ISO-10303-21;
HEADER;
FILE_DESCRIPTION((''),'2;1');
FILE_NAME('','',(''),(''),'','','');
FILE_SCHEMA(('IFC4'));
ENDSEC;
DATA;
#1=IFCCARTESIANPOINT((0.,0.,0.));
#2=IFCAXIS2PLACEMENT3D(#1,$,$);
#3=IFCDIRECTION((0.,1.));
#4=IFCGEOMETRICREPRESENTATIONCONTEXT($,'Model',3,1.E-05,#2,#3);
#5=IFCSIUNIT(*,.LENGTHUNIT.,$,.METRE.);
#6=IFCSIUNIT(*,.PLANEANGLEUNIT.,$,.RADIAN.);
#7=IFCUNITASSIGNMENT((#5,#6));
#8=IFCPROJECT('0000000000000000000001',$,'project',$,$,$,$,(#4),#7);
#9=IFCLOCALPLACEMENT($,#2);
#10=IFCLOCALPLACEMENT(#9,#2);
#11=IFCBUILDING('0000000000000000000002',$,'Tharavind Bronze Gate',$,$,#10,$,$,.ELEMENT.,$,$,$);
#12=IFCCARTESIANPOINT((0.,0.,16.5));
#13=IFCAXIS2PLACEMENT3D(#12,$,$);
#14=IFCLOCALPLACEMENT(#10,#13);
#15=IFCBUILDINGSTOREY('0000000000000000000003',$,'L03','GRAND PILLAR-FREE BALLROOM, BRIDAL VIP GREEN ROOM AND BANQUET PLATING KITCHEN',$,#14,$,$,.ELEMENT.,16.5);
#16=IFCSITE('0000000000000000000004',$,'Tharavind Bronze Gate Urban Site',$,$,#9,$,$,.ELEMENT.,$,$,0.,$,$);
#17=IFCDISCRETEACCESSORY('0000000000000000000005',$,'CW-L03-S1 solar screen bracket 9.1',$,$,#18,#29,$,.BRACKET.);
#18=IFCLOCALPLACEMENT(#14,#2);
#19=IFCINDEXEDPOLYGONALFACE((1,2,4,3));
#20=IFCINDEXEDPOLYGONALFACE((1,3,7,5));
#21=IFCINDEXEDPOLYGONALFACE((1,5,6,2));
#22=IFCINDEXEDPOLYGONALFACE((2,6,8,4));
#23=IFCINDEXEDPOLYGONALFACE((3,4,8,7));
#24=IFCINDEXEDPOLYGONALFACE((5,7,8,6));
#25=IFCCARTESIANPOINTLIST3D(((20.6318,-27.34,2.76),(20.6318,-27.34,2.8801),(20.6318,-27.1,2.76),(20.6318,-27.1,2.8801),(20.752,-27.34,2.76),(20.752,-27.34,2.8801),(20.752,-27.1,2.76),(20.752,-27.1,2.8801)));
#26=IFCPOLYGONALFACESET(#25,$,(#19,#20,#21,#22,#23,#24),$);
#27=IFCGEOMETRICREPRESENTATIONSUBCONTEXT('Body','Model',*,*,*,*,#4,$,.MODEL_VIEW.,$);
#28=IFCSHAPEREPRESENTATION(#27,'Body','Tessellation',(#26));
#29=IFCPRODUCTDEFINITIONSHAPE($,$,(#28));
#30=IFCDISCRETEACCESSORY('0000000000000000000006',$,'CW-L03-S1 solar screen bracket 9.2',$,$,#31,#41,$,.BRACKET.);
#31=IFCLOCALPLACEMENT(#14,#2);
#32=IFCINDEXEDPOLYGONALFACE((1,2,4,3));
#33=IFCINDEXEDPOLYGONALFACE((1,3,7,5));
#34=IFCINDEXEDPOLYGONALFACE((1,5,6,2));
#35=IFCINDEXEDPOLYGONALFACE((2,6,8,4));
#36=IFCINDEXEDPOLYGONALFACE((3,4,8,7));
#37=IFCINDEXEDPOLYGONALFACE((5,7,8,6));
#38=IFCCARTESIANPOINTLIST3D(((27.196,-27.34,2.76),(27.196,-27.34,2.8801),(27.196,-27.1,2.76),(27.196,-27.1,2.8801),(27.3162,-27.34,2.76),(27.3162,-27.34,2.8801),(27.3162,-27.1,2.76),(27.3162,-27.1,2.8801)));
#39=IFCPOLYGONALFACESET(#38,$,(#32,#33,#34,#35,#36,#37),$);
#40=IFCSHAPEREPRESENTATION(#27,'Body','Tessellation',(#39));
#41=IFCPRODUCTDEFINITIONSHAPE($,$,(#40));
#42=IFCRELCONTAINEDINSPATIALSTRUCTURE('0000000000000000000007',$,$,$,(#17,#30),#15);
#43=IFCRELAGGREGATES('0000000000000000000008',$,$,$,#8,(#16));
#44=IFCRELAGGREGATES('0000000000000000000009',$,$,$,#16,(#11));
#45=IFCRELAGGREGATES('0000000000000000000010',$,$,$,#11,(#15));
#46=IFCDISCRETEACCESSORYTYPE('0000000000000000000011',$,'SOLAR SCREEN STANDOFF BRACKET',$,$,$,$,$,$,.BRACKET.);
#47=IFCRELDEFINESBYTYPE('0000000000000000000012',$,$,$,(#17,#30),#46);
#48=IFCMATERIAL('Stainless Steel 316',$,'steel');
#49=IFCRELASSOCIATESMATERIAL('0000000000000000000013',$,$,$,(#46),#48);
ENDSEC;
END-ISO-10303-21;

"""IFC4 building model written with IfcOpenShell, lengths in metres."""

from ifc_helpers import new_model, si_unit, direction, frame, origin, origin_2d, place, context, subcontext, project, spatial, rectangle, extrude, material, type_object, element, save


model = new_model("IFC4")

# Units and contexts
model_context = context("Model", 3, precision=1e-05, world=origin(), true_north=direction((0.0, 1.0)))
body_context = subcontext(model_context, "Body", "Model", "MODEL_VIEW")
ifc_project = project(units=[si_unit("LENGTHUNIT", "METRE"), si_unit("PLANEANGLEUNIT", "RADIAN")], contexts=[model_context])

# Site, building, storey
site_placement = place(None, origin())
site = spatial("IfcSite", under=ifc_project, at=site_placement, Name="Tharavind Bronze Gate Urban Site", CompositionType="ELEMENT", RefElevation=0.0)
building_placement = place(site_placement, origin())
building = spatial("IfcBuilding", under=site, at=building_placement, Name="Tharavind Bronze Gate", CompositionType="ELEMENT")
storey_placement = place(building_placement, frame((0.0, 0.0, 16.5)))
storey = spatial("IfcBuildingStorey", under=building, at=storey_placement, Name="L03", Description="GRAND PILLAR-FREE BALLROOM, BRIDAL VIP GREEN ROOM AND BANQUET PLATING KITCHEN", CompositionType="ELEMENT", Elevation=16.5)

# Discrete accessories
ifc_material_1 = material(Name="Stainless Steel 316", Category="steel")
discrete_accessory_type = type_object("IfcDiscreteAccessoryType", Name="SOLAR SCREEN STANDOFF BRACKET", PredefinedType="BRACKET", material=ifc_material_1)
for number, where, z_axis, x_axis, name in (
    (1, (20.6919, -27.22, 2.76), (0.0, 0.0, 1.0), (1.0, 0.0, 0.0), "CW-L03-S1 solar screen bracket 9.1"),
    (2, (27.2561, -27.22, 2.76), (0.0, 0.0, 1.0), (1.0, 0.0, 0.0), "CW-L03-S1 solar screen bracket 9.2"),
):
    element("IfcDiscreteAccessory", number, at=place(storey_placement, frame(where, z_axis=z_axis, x_axis=x_axis)), inside=storey, type_object=discrete_accessory_type, Name=name, PredefinedType="BRACKET", context=body_context, shape_type="SweptSolid", body=[
        extrude(rectangle(XDim=0.1201, YDim=0.24, at=origin_2d()), origin(), (0.0, 0.0, 1.0), 0.1201),
    ])

save(model, "model.ifc")
